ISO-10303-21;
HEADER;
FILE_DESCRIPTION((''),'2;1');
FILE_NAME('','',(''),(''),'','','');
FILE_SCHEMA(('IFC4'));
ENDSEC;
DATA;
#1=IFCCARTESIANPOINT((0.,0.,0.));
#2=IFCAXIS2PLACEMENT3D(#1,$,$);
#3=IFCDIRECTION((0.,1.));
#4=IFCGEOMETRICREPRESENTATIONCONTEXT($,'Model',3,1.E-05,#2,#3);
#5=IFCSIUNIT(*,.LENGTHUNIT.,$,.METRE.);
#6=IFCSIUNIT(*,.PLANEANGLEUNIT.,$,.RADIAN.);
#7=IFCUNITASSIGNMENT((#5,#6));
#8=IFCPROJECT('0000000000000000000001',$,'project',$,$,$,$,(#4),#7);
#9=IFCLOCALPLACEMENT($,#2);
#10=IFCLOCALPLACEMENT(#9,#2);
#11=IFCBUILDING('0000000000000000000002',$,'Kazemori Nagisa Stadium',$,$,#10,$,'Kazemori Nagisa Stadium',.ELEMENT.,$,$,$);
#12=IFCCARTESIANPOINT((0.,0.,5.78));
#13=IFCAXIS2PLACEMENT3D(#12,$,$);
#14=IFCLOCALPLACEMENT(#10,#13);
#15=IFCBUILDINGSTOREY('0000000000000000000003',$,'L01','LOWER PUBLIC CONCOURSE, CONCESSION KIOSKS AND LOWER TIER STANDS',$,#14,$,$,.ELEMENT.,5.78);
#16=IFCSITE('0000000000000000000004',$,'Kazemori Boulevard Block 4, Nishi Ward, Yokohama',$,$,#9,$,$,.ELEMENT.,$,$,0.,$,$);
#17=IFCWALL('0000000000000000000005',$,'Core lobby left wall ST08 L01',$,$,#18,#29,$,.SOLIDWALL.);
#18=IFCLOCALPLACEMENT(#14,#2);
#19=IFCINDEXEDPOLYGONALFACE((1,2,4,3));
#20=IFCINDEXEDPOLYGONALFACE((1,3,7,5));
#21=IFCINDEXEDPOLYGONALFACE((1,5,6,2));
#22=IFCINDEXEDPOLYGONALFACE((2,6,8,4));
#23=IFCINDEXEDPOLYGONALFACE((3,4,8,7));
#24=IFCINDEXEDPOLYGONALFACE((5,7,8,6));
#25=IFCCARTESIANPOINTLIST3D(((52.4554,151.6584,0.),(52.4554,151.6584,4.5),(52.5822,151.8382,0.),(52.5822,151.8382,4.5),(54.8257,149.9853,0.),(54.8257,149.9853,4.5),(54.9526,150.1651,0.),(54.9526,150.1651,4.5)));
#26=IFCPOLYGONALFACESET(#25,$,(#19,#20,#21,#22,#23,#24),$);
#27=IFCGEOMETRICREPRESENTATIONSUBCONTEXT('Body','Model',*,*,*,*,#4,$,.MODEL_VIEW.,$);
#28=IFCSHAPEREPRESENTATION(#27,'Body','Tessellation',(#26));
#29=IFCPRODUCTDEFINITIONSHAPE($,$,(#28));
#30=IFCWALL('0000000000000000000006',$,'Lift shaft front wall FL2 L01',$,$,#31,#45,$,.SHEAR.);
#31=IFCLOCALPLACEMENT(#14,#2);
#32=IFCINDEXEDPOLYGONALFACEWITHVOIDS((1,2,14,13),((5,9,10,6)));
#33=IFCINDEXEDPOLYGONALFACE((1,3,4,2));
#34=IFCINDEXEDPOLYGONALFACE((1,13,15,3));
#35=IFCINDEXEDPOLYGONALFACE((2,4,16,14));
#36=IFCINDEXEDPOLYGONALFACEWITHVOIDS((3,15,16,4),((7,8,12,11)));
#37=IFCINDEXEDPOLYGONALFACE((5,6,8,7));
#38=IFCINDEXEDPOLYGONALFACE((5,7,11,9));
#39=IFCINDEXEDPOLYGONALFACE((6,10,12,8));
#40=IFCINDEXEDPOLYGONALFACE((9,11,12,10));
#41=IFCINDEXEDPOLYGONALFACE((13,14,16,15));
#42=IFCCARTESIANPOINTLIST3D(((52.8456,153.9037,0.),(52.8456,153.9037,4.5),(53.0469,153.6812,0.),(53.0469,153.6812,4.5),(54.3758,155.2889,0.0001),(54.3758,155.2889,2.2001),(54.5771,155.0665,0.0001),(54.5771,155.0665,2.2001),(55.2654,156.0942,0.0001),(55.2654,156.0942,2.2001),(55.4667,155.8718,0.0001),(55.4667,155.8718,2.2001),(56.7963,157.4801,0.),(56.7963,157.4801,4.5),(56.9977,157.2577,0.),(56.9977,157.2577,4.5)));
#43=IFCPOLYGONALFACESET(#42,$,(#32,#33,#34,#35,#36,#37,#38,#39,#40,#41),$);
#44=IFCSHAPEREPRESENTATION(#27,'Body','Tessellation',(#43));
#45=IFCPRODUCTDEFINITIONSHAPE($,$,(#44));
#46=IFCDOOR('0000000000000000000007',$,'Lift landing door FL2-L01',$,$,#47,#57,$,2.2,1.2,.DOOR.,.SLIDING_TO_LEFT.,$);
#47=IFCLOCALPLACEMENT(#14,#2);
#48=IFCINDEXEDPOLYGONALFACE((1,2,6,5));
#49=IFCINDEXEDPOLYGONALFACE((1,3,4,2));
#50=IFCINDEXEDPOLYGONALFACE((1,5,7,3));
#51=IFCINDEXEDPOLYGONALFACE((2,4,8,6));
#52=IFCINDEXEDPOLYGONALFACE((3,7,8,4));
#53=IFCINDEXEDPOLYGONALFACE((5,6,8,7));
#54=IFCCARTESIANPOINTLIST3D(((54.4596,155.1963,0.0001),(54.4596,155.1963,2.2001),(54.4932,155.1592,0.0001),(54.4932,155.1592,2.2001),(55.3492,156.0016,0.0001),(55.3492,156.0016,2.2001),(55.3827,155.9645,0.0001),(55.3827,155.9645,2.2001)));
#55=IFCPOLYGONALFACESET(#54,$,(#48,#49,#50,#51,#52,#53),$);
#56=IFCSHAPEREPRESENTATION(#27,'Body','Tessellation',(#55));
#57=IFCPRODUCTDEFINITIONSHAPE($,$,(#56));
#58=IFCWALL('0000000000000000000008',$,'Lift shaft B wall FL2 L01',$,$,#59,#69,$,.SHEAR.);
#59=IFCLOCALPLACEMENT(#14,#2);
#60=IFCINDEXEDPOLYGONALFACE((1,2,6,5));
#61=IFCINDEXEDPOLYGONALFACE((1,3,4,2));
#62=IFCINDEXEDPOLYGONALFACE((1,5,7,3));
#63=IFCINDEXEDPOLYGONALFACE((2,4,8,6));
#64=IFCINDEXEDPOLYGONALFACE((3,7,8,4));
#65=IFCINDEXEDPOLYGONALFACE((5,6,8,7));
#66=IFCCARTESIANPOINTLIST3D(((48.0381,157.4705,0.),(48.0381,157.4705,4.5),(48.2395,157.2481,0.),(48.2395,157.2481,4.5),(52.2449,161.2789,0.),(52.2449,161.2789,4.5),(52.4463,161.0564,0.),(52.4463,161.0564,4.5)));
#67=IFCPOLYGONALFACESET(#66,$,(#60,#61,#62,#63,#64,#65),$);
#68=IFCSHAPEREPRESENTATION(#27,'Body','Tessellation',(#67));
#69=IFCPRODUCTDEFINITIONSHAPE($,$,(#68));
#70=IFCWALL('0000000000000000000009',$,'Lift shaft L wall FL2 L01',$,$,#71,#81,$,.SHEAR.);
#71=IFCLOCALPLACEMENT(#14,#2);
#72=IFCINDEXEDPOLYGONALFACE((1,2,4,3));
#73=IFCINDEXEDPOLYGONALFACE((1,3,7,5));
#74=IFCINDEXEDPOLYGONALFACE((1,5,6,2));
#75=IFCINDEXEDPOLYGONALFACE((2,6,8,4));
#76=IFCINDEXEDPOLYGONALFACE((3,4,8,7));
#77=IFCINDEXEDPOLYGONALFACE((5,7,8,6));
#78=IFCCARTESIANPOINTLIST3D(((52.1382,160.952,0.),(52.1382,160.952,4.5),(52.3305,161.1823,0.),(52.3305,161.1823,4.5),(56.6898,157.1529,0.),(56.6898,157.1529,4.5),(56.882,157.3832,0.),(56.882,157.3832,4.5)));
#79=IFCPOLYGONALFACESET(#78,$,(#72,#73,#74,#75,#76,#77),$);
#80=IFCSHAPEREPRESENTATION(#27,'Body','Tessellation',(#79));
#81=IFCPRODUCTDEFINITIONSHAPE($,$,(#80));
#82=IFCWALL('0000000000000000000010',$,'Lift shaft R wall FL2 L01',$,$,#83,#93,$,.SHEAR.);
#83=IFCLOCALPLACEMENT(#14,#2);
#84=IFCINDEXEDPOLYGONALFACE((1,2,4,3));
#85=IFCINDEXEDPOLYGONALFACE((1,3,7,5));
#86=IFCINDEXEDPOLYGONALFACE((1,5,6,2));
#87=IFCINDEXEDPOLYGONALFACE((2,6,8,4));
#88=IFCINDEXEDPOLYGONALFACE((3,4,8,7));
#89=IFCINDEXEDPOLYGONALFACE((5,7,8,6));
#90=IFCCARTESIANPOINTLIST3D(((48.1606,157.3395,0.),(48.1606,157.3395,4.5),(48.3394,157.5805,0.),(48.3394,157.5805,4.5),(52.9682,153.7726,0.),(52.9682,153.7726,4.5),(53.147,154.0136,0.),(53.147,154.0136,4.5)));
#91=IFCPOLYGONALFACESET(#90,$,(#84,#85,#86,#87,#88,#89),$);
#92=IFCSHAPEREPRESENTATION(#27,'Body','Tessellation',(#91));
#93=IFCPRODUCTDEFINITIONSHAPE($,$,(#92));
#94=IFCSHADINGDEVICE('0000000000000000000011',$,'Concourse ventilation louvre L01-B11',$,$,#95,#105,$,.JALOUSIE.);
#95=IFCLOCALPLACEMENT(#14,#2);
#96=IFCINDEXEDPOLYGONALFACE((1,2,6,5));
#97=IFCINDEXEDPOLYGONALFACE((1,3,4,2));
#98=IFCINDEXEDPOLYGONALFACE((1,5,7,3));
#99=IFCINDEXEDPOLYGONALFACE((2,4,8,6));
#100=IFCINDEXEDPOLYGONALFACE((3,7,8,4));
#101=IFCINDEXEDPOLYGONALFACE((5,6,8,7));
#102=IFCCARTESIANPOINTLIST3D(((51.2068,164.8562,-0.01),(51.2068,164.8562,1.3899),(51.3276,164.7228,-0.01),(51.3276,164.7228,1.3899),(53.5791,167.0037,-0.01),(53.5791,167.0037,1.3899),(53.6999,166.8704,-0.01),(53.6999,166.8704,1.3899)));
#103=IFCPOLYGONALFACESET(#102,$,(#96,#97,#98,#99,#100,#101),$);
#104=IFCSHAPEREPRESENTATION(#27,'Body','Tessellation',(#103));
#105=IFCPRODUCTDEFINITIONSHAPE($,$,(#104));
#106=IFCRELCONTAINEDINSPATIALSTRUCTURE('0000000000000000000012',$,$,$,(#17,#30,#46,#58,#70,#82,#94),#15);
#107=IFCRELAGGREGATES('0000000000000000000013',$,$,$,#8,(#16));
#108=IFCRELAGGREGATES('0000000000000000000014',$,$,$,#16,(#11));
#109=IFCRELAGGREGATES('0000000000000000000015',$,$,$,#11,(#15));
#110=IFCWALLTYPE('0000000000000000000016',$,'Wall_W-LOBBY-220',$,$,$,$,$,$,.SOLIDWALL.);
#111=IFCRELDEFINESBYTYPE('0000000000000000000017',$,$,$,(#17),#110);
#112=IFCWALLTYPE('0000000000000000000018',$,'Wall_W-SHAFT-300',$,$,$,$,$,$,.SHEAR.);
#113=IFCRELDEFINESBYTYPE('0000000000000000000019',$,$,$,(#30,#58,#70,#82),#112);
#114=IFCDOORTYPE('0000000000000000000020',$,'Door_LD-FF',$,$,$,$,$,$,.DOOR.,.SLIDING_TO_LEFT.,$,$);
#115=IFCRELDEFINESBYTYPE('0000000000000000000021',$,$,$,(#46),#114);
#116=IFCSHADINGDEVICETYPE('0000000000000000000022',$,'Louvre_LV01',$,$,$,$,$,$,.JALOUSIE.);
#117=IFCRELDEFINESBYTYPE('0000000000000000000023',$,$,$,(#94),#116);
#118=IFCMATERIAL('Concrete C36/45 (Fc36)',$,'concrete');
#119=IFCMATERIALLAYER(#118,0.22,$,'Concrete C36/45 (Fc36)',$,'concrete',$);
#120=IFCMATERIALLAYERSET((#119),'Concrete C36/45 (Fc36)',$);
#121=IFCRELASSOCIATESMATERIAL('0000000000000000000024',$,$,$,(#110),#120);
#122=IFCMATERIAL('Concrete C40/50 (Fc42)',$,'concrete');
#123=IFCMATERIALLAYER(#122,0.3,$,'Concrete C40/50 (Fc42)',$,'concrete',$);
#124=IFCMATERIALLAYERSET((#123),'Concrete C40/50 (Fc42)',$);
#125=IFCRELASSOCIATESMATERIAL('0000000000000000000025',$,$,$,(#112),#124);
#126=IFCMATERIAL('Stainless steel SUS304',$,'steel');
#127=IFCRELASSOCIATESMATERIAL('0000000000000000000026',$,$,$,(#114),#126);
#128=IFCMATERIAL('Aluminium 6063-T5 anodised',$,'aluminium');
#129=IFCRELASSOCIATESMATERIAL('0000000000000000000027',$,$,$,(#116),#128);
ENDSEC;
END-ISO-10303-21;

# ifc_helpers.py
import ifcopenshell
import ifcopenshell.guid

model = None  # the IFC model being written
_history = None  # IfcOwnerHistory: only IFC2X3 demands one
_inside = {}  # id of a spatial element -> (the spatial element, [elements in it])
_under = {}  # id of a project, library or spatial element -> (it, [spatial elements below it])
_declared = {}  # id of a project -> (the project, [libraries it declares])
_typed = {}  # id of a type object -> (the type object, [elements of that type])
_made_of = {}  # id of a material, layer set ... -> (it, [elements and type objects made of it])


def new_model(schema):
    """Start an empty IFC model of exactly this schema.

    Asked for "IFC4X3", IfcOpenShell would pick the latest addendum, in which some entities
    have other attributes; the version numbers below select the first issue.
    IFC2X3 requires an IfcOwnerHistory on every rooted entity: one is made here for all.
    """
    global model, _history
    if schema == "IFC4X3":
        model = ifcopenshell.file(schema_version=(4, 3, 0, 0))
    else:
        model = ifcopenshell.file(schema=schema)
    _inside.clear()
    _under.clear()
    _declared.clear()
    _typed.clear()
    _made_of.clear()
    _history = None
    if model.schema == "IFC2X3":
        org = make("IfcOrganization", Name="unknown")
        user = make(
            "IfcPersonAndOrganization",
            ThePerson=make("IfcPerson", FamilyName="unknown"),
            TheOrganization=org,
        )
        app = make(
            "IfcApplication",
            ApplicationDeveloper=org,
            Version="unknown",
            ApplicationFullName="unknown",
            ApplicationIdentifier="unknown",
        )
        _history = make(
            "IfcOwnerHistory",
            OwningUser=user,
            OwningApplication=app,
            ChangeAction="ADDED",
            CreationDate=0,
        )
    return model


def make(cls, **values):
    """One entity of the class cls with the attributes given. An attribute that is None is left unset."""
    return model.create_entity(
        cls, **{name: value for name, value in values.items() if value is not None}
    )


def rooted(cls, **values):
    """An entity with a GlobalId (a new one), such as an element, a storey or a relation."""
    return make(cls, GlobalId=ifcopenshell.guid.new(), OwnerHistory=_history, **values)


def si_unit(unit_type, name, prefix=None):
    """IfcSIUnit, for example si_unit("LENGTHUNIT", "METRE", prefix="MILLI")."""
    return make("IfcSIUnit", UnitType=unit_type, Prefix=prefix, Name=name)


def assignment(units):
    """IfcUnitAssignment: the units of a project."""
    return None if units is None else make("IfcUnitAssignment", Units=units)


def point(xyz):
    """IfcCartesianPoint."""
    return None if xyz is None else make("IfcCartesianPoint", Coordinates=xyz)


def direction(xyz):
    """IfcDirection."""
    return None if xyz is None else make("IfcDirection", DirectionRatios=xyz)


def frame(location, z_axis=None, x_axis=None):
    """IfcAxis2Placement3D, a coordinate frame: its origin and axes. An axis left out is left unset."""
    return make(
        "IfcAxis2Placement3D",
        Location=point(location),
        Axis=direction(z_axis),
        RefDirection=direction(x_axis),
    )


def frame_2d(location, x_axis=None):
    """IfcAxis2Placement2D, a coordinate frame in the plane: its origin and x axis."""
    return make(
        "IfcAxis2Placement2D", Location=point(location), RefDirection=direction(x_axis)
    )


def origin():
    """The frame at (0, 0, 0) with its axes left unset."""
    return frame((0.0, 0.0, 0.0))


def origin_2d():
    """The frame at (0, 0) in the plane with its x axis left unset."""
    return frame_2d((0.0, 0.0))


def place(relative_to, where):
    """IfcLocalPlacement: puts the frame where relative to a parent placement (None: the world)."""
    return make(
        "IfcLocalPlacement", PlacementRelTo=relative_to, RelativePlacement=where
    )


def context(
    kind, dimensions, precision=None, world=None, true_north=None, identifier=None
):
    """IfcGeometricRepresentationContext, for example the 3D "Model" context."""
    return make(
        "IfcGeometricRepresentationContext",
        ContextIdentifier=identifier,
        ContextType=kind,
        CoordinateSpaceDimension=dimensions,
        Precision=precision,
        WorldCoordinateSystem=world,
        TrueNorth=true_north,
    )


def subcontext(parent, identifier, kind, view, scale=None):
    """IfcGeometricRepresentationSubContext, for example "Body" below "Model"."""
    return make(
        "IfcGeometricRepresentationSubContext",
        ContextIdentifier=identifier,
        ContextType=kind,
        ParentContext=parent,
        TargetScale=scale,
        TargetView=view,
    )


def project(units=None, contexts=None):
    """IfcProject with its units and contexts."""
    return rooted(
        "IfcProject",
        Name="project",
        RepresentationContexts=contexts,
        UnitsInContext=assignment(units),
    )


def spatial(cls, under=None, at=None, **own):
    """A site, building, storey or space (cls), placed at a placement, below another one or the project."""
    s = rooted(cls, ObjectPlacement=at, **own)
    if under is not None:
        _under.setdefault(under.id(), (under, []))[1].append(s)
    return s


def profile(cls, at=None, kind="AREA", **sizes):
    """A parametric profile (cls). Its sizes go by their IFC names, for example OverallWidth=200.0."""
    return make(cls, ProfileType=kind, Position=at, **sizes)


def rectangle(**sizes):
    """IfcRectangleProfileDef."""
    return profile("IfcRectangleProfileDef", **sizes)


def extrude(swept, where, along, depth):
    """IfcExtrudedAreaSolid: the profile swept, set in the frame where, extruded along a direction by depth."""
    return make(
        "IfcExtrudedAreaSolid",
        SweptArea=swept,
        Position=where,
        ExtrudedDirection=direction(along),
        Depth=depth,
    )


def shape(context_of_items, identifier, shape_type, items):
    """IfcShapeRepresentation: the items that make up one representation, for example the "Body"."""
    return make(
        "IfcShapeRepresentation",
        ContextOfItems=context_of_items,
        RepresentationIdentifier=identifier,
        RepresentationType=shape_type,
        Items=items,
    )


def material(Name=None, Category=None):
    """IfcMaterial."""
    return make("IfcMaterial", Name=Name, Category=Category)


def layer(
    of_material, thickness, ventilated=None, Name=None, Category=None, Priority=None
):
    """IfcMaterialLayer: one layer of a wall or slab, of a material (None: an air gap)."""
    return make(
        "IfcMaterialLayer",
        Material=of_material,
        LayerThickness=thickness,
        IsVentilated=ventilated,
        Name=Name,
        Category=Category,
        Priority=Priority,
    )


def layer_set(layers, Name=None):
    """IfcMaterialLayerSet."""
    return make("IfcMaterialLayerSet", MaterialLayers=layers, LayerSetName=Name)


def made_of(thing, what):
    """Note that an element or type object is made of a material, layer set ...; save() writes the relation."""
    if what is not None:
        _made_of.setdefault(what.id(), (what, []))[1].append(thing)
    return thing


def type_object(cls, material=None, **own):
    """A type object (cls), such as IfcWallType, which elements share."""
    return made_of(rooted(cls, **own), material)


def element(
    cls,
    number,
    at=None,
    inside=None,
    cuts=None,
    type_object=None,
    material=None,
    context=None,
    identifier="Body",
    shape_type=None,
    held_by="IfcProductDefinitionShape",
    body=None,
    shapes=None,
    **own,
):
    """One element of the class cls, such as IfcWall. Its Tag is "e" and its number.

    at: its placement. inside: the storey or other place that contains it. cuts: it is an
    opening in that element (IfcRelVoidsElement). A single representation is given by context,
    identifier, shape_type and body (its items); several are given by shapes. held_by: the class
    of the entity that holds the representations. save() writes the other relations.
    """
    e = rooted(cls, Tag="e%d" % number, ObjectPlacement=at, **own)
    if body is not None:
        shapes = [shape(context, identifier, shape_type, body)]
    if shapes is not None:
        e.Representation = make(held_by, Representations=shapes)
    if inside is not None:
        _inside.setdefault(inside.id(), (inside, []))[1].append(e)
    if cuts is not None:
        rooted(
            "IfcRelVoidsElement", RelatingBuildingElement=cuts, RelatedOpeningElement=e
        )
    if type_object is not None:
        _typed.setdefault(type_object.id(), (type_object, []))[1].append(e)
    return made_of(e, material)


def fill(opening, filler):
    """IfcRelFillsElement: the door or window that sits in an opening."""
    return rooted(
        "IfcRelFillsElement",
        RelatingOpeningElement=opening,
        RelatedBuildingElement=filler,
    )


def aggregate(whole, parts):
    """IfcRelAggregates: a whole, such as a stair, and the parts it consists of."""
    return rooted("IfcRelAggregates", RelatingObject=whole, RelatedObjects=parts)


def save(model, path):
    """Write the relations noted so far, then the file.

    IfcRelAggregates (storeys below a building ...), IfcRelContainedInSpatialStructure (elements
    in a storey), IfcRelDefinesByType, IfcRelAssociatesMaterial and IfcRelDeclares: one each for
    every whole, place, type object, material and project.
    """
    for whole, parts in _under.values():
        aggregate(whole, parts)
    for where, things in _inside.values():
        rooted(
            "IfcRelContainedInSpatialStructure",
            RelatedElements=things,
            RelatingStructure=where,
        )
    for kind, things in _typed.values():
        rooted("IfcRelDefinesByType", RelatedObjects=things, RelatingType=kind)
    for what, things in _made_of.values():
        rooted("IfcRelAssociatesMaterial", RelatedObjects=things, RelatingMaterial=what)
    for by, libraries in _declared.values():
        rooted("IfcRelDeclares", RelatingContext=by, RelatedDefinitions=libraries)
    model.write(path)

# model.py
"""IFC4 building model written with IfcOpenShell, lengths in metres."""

from ifc_helpers import new_model, si_unit, direction, frame, frame_2d, origin, origin_2d, place, context, subcontext, project, spatial, rectangle, extrude, material, layer, layer_set, type_object, element, fill, save


model = new_model("IFC4")

# Units and contexts
model_context = context("Model", 3, precision=1e-05, world=origin(), true_north=direction((0.0, 1.0)))
body_context = subcontext(model_context, "Body", "Model", "MODEL_VIEW")
ifc_project = project(units=[si_unit("LENGTHUNIT", "METRE"), si_unit("PLANEANGLEUNIT", "RADIAN")], contexts=[model_context])

# Site, building, storey
site_placement = place(None, origin())
site = spatial("IfcSite", under=ifc_project, at=site_placement, Name="Kazemori Boulevard Block 4, Nishi Ward, Yokohama", CompositionType="ELEMENT", RefElevation=0.0)
building_placement = place(site_placement, origin())
building = spatial("IfcBuilding", under=site, at=building_placement, Name="Kazemori Nagisa Stadium", LongName="Kazemori Nagisa Stadium", CompositionType="ELEMENT")
storey_placement = place(building_placement, frame((0.0, 0.0, 5.78)))
storey = spatial("IfcBuildingStorey", under=building, at=storey_placement, Name="L01", Description="LOWER PUBLIC CONCOURSE, CONCESSION KIOSKS AND LOWER TIER STANDS", CompositionType="ELEMENT", Elevation=5.78)

# Shared definitions
ifc_material_1 = material(Name="Concrete C40/50 (Fc42)", Category="concrete")

# Shared definitions
ifc_material_2 = material(Name="Concrete C36/45 (Fc36)", Category="concrete")
ifc_layer_1 = layer(ifc_material_2, 0.22, Name="Concrete C36/45 (Fc36)", Category="concrete")
ifc_layer_set_1 = layer_set([ifc_layer_1], Name="Concrete C36/45 (Fc36)")
wall_type_1 = type_object("IfcWallType", Name="Wall_W-LOBBY-220", PredefinedType="SOLIDWALL", material=ifc_layer_set_1)

# Wall
wall_1_placement = place(storey_placement, frame((54.8892, 150.0752, 0.0), z_axis=(0.0, 0.0, 1.0), x_axis=(-0.816984, 0.57666, 0.0)))
element("IfcWall", 1, at=wall_1_placement, inside=storey, type_object=wall_type_1, Name="Core lobby left wall ST08 L01", PredefinedType="SOLIDWALL", context=body_context, shape_type="SweptSolid", body=[
    extrude(rectangle(XDim=2.9014, YDim=0.22, at=frame_2d((1.4507, 0.0))), origin(), (0.0, 0.0, 1.0), 4.5),
])

# Wall, opening, door
ifc_layer_2 = layer(ifc_material_1, 0.3, Name="Concrete C40/50 (Fc42)", Category="concrete")
ifc_layer_set_2 = layer_set([ifc_layer_2], Name="Concrete C40/50 (Fc42)")
wall_type_2 = type_object("IfcWallType", Name="Wall_W-SHAFT-300", PredefinedType="SHEAR", material=ifc_layer_set_2)
wall_2_placement = place(storey_placement, frame((56.897, 157.3689, 0.0), z_axis=(0.0, 0.0, 1.0), x_axis=(-0.74135, -0.671118, 0.0)))
wall_2 = element("IfcWall", 2, at=wall_2_placement, inside=storey, type_object=wall_type_2, Name="Lift shaft front wall FL2 L01", PredefinedType="SHEAR", context=body_context, shape_type="SweptSolid", body=[
    extrude(rectangle(XDim=5.3291, YDim=0.3, at=frame_2d((2.6646, 0.0))), origin(), (0.0, 0.0, 1.0), 4.5),
])
opening_1_placement = place(wall_2_placement, frame((2.0649, 0.0, 0.0)))
opening_1 = element("IfcOpeningElement", 3, at=opening_1_placement, cuts=wall_2, PredefinedType="OPENING", context=body_context, shape_type="SweptSolid", body=[
    extrude(rectangle(XDim=1.2, YDim=2.2, at=frame_2d((0.6001, 1.1001))), frame((0.0, 0.1599, 0.0), z_axis=(0.0, -1.0, 0.0), x_axis=(1.0, 0.0, 0.0)), (0.0, 0.0, 1.0), 0.3201),
])
ifc_material_3 = material(Name="Stainless steel SUS304", Category="steel")
door_type_1 = type_object("IfcDoorType", Name="Door_LD-FF", OperationType="SLIDING_TO_LEFT", PredefinedType="DOOR", material=ifc_material_3)
door_1_placement = place(opening_1_placement, origin())
door_1 = element("IfcDoor", 4, at=door_1_placement, inside=storey, type_object=door_type_1, Name="Lift landing door FL2-L01", OperationType="SLIDING_TO_LEFT", OverallHeight=2.2, OverallWidth=1.2, PredefinedType="DOOR", context=body_context, shape_type="SweptSolid", body=[
    extrude(rectangle(XDim=1.2, YDim=2.2, at=frame_2d((0.6001, 1.1001))), frame((0.0, 0.0249, 0.0), z_axis=(0.0, -1.0, 0.0), x_axis=(1.0, 0.0, 0.0)), (0.0, 0.0, 1.0), 0.05),
])
fill(opening_1, door_1)

# Walls
wall_3_placement = place(storey_placement, frame((52.3457, 161.1677, 0.0), z_axis=(0.0, 0.0, 1.0), x_axis=(-0.741342, -0.671127, 0.0)))
element("IfcWall", 5, at=wall_3_placement, inside=storey, type_object=wall_type_2, Name="Lift shaft B wall FL2 L01", PredefinedType="SHEAR", context=body_context, shape_type="SweptSolid", body=[
    extrude(rectangle(XDim=5.6746, YDim=0.3, at=frame_2d((2.8374, 0.0))), origin(), (0.0, 0.0, 1.0), 4.5),
])
wall_4_placement = place(storey_placement, frame((56.7859, 157.2681, 0.0), z_axis=(0.0, 0.0, 1.0), x_axis=(-0.767711, 0.640796, 0.0)))
element("IfcWall", 6, at=wall_4_placement, inside=storey, type_object=wall_type_2, Name="Lift shaft L wall FL2 L01", PredefinedType="SHEAR", context=body_context, shape_type="SweptSolid", body=[
    extrude(rectangle(XDim=5.9287, YDim=0.3, at=frame_2d((2.9644, 0.0))), origin(), (0.0, 0.0, 1.0), 4.5),
])
wall_5_placement = place(storey_placement, frame((53.0576, 153.8931, 0.0), z_axis=(0.0, 0.0, 1.0), x_axis=(-0.803102, 0.595842, 0.0)))
element("IfcWall", 7, at=wall_5_placement, inside=storey, type_object=wall_type_2, Name="Lift shaft R wall FL2 L01", PredefinedType="SHEAR", context=body_context, shape_type="SweptSolid", body=[
    extrude(rectangle(XDim=5.9863, YDim=0.3, at=frame_2d((2.9932, 0.0))), origin(), (0.0, 0.0, 1.0), 4.5),
])

# Shading device
ifc_material_4 = material(Name="Aluminium 6063-T5 anodised", Category="aluminium")
shading_device_type = type_object("IfcShadingDeviceType", Name="Louvre_LV01", PredefinedType="JALOUSIE", material=ifc_material_4)
shading_device_placement = place(storey_placement, frame((52.4534, 165.8633, -0.01), z_axis=(0.0, 0.0, 1.0), x_axis=(-0.741351, -0.671118, 0.0)))
element("IfcShadingDevice", 8, at=shading_device_placement, inside=storey, type_object=shading_device_type, Name="Concourse ventilation louvre L01-B11", PredefinedType="JALOUSIE", context=body_context, shape_type="SweptSolid", body=[
    extrude(rectangle(XDim=3.2, YDim=0.1799, at=origin_2d()), origin(), (0.0, 0.0, 1.0), 1.3999),
])

save(model, "model.ifc")
